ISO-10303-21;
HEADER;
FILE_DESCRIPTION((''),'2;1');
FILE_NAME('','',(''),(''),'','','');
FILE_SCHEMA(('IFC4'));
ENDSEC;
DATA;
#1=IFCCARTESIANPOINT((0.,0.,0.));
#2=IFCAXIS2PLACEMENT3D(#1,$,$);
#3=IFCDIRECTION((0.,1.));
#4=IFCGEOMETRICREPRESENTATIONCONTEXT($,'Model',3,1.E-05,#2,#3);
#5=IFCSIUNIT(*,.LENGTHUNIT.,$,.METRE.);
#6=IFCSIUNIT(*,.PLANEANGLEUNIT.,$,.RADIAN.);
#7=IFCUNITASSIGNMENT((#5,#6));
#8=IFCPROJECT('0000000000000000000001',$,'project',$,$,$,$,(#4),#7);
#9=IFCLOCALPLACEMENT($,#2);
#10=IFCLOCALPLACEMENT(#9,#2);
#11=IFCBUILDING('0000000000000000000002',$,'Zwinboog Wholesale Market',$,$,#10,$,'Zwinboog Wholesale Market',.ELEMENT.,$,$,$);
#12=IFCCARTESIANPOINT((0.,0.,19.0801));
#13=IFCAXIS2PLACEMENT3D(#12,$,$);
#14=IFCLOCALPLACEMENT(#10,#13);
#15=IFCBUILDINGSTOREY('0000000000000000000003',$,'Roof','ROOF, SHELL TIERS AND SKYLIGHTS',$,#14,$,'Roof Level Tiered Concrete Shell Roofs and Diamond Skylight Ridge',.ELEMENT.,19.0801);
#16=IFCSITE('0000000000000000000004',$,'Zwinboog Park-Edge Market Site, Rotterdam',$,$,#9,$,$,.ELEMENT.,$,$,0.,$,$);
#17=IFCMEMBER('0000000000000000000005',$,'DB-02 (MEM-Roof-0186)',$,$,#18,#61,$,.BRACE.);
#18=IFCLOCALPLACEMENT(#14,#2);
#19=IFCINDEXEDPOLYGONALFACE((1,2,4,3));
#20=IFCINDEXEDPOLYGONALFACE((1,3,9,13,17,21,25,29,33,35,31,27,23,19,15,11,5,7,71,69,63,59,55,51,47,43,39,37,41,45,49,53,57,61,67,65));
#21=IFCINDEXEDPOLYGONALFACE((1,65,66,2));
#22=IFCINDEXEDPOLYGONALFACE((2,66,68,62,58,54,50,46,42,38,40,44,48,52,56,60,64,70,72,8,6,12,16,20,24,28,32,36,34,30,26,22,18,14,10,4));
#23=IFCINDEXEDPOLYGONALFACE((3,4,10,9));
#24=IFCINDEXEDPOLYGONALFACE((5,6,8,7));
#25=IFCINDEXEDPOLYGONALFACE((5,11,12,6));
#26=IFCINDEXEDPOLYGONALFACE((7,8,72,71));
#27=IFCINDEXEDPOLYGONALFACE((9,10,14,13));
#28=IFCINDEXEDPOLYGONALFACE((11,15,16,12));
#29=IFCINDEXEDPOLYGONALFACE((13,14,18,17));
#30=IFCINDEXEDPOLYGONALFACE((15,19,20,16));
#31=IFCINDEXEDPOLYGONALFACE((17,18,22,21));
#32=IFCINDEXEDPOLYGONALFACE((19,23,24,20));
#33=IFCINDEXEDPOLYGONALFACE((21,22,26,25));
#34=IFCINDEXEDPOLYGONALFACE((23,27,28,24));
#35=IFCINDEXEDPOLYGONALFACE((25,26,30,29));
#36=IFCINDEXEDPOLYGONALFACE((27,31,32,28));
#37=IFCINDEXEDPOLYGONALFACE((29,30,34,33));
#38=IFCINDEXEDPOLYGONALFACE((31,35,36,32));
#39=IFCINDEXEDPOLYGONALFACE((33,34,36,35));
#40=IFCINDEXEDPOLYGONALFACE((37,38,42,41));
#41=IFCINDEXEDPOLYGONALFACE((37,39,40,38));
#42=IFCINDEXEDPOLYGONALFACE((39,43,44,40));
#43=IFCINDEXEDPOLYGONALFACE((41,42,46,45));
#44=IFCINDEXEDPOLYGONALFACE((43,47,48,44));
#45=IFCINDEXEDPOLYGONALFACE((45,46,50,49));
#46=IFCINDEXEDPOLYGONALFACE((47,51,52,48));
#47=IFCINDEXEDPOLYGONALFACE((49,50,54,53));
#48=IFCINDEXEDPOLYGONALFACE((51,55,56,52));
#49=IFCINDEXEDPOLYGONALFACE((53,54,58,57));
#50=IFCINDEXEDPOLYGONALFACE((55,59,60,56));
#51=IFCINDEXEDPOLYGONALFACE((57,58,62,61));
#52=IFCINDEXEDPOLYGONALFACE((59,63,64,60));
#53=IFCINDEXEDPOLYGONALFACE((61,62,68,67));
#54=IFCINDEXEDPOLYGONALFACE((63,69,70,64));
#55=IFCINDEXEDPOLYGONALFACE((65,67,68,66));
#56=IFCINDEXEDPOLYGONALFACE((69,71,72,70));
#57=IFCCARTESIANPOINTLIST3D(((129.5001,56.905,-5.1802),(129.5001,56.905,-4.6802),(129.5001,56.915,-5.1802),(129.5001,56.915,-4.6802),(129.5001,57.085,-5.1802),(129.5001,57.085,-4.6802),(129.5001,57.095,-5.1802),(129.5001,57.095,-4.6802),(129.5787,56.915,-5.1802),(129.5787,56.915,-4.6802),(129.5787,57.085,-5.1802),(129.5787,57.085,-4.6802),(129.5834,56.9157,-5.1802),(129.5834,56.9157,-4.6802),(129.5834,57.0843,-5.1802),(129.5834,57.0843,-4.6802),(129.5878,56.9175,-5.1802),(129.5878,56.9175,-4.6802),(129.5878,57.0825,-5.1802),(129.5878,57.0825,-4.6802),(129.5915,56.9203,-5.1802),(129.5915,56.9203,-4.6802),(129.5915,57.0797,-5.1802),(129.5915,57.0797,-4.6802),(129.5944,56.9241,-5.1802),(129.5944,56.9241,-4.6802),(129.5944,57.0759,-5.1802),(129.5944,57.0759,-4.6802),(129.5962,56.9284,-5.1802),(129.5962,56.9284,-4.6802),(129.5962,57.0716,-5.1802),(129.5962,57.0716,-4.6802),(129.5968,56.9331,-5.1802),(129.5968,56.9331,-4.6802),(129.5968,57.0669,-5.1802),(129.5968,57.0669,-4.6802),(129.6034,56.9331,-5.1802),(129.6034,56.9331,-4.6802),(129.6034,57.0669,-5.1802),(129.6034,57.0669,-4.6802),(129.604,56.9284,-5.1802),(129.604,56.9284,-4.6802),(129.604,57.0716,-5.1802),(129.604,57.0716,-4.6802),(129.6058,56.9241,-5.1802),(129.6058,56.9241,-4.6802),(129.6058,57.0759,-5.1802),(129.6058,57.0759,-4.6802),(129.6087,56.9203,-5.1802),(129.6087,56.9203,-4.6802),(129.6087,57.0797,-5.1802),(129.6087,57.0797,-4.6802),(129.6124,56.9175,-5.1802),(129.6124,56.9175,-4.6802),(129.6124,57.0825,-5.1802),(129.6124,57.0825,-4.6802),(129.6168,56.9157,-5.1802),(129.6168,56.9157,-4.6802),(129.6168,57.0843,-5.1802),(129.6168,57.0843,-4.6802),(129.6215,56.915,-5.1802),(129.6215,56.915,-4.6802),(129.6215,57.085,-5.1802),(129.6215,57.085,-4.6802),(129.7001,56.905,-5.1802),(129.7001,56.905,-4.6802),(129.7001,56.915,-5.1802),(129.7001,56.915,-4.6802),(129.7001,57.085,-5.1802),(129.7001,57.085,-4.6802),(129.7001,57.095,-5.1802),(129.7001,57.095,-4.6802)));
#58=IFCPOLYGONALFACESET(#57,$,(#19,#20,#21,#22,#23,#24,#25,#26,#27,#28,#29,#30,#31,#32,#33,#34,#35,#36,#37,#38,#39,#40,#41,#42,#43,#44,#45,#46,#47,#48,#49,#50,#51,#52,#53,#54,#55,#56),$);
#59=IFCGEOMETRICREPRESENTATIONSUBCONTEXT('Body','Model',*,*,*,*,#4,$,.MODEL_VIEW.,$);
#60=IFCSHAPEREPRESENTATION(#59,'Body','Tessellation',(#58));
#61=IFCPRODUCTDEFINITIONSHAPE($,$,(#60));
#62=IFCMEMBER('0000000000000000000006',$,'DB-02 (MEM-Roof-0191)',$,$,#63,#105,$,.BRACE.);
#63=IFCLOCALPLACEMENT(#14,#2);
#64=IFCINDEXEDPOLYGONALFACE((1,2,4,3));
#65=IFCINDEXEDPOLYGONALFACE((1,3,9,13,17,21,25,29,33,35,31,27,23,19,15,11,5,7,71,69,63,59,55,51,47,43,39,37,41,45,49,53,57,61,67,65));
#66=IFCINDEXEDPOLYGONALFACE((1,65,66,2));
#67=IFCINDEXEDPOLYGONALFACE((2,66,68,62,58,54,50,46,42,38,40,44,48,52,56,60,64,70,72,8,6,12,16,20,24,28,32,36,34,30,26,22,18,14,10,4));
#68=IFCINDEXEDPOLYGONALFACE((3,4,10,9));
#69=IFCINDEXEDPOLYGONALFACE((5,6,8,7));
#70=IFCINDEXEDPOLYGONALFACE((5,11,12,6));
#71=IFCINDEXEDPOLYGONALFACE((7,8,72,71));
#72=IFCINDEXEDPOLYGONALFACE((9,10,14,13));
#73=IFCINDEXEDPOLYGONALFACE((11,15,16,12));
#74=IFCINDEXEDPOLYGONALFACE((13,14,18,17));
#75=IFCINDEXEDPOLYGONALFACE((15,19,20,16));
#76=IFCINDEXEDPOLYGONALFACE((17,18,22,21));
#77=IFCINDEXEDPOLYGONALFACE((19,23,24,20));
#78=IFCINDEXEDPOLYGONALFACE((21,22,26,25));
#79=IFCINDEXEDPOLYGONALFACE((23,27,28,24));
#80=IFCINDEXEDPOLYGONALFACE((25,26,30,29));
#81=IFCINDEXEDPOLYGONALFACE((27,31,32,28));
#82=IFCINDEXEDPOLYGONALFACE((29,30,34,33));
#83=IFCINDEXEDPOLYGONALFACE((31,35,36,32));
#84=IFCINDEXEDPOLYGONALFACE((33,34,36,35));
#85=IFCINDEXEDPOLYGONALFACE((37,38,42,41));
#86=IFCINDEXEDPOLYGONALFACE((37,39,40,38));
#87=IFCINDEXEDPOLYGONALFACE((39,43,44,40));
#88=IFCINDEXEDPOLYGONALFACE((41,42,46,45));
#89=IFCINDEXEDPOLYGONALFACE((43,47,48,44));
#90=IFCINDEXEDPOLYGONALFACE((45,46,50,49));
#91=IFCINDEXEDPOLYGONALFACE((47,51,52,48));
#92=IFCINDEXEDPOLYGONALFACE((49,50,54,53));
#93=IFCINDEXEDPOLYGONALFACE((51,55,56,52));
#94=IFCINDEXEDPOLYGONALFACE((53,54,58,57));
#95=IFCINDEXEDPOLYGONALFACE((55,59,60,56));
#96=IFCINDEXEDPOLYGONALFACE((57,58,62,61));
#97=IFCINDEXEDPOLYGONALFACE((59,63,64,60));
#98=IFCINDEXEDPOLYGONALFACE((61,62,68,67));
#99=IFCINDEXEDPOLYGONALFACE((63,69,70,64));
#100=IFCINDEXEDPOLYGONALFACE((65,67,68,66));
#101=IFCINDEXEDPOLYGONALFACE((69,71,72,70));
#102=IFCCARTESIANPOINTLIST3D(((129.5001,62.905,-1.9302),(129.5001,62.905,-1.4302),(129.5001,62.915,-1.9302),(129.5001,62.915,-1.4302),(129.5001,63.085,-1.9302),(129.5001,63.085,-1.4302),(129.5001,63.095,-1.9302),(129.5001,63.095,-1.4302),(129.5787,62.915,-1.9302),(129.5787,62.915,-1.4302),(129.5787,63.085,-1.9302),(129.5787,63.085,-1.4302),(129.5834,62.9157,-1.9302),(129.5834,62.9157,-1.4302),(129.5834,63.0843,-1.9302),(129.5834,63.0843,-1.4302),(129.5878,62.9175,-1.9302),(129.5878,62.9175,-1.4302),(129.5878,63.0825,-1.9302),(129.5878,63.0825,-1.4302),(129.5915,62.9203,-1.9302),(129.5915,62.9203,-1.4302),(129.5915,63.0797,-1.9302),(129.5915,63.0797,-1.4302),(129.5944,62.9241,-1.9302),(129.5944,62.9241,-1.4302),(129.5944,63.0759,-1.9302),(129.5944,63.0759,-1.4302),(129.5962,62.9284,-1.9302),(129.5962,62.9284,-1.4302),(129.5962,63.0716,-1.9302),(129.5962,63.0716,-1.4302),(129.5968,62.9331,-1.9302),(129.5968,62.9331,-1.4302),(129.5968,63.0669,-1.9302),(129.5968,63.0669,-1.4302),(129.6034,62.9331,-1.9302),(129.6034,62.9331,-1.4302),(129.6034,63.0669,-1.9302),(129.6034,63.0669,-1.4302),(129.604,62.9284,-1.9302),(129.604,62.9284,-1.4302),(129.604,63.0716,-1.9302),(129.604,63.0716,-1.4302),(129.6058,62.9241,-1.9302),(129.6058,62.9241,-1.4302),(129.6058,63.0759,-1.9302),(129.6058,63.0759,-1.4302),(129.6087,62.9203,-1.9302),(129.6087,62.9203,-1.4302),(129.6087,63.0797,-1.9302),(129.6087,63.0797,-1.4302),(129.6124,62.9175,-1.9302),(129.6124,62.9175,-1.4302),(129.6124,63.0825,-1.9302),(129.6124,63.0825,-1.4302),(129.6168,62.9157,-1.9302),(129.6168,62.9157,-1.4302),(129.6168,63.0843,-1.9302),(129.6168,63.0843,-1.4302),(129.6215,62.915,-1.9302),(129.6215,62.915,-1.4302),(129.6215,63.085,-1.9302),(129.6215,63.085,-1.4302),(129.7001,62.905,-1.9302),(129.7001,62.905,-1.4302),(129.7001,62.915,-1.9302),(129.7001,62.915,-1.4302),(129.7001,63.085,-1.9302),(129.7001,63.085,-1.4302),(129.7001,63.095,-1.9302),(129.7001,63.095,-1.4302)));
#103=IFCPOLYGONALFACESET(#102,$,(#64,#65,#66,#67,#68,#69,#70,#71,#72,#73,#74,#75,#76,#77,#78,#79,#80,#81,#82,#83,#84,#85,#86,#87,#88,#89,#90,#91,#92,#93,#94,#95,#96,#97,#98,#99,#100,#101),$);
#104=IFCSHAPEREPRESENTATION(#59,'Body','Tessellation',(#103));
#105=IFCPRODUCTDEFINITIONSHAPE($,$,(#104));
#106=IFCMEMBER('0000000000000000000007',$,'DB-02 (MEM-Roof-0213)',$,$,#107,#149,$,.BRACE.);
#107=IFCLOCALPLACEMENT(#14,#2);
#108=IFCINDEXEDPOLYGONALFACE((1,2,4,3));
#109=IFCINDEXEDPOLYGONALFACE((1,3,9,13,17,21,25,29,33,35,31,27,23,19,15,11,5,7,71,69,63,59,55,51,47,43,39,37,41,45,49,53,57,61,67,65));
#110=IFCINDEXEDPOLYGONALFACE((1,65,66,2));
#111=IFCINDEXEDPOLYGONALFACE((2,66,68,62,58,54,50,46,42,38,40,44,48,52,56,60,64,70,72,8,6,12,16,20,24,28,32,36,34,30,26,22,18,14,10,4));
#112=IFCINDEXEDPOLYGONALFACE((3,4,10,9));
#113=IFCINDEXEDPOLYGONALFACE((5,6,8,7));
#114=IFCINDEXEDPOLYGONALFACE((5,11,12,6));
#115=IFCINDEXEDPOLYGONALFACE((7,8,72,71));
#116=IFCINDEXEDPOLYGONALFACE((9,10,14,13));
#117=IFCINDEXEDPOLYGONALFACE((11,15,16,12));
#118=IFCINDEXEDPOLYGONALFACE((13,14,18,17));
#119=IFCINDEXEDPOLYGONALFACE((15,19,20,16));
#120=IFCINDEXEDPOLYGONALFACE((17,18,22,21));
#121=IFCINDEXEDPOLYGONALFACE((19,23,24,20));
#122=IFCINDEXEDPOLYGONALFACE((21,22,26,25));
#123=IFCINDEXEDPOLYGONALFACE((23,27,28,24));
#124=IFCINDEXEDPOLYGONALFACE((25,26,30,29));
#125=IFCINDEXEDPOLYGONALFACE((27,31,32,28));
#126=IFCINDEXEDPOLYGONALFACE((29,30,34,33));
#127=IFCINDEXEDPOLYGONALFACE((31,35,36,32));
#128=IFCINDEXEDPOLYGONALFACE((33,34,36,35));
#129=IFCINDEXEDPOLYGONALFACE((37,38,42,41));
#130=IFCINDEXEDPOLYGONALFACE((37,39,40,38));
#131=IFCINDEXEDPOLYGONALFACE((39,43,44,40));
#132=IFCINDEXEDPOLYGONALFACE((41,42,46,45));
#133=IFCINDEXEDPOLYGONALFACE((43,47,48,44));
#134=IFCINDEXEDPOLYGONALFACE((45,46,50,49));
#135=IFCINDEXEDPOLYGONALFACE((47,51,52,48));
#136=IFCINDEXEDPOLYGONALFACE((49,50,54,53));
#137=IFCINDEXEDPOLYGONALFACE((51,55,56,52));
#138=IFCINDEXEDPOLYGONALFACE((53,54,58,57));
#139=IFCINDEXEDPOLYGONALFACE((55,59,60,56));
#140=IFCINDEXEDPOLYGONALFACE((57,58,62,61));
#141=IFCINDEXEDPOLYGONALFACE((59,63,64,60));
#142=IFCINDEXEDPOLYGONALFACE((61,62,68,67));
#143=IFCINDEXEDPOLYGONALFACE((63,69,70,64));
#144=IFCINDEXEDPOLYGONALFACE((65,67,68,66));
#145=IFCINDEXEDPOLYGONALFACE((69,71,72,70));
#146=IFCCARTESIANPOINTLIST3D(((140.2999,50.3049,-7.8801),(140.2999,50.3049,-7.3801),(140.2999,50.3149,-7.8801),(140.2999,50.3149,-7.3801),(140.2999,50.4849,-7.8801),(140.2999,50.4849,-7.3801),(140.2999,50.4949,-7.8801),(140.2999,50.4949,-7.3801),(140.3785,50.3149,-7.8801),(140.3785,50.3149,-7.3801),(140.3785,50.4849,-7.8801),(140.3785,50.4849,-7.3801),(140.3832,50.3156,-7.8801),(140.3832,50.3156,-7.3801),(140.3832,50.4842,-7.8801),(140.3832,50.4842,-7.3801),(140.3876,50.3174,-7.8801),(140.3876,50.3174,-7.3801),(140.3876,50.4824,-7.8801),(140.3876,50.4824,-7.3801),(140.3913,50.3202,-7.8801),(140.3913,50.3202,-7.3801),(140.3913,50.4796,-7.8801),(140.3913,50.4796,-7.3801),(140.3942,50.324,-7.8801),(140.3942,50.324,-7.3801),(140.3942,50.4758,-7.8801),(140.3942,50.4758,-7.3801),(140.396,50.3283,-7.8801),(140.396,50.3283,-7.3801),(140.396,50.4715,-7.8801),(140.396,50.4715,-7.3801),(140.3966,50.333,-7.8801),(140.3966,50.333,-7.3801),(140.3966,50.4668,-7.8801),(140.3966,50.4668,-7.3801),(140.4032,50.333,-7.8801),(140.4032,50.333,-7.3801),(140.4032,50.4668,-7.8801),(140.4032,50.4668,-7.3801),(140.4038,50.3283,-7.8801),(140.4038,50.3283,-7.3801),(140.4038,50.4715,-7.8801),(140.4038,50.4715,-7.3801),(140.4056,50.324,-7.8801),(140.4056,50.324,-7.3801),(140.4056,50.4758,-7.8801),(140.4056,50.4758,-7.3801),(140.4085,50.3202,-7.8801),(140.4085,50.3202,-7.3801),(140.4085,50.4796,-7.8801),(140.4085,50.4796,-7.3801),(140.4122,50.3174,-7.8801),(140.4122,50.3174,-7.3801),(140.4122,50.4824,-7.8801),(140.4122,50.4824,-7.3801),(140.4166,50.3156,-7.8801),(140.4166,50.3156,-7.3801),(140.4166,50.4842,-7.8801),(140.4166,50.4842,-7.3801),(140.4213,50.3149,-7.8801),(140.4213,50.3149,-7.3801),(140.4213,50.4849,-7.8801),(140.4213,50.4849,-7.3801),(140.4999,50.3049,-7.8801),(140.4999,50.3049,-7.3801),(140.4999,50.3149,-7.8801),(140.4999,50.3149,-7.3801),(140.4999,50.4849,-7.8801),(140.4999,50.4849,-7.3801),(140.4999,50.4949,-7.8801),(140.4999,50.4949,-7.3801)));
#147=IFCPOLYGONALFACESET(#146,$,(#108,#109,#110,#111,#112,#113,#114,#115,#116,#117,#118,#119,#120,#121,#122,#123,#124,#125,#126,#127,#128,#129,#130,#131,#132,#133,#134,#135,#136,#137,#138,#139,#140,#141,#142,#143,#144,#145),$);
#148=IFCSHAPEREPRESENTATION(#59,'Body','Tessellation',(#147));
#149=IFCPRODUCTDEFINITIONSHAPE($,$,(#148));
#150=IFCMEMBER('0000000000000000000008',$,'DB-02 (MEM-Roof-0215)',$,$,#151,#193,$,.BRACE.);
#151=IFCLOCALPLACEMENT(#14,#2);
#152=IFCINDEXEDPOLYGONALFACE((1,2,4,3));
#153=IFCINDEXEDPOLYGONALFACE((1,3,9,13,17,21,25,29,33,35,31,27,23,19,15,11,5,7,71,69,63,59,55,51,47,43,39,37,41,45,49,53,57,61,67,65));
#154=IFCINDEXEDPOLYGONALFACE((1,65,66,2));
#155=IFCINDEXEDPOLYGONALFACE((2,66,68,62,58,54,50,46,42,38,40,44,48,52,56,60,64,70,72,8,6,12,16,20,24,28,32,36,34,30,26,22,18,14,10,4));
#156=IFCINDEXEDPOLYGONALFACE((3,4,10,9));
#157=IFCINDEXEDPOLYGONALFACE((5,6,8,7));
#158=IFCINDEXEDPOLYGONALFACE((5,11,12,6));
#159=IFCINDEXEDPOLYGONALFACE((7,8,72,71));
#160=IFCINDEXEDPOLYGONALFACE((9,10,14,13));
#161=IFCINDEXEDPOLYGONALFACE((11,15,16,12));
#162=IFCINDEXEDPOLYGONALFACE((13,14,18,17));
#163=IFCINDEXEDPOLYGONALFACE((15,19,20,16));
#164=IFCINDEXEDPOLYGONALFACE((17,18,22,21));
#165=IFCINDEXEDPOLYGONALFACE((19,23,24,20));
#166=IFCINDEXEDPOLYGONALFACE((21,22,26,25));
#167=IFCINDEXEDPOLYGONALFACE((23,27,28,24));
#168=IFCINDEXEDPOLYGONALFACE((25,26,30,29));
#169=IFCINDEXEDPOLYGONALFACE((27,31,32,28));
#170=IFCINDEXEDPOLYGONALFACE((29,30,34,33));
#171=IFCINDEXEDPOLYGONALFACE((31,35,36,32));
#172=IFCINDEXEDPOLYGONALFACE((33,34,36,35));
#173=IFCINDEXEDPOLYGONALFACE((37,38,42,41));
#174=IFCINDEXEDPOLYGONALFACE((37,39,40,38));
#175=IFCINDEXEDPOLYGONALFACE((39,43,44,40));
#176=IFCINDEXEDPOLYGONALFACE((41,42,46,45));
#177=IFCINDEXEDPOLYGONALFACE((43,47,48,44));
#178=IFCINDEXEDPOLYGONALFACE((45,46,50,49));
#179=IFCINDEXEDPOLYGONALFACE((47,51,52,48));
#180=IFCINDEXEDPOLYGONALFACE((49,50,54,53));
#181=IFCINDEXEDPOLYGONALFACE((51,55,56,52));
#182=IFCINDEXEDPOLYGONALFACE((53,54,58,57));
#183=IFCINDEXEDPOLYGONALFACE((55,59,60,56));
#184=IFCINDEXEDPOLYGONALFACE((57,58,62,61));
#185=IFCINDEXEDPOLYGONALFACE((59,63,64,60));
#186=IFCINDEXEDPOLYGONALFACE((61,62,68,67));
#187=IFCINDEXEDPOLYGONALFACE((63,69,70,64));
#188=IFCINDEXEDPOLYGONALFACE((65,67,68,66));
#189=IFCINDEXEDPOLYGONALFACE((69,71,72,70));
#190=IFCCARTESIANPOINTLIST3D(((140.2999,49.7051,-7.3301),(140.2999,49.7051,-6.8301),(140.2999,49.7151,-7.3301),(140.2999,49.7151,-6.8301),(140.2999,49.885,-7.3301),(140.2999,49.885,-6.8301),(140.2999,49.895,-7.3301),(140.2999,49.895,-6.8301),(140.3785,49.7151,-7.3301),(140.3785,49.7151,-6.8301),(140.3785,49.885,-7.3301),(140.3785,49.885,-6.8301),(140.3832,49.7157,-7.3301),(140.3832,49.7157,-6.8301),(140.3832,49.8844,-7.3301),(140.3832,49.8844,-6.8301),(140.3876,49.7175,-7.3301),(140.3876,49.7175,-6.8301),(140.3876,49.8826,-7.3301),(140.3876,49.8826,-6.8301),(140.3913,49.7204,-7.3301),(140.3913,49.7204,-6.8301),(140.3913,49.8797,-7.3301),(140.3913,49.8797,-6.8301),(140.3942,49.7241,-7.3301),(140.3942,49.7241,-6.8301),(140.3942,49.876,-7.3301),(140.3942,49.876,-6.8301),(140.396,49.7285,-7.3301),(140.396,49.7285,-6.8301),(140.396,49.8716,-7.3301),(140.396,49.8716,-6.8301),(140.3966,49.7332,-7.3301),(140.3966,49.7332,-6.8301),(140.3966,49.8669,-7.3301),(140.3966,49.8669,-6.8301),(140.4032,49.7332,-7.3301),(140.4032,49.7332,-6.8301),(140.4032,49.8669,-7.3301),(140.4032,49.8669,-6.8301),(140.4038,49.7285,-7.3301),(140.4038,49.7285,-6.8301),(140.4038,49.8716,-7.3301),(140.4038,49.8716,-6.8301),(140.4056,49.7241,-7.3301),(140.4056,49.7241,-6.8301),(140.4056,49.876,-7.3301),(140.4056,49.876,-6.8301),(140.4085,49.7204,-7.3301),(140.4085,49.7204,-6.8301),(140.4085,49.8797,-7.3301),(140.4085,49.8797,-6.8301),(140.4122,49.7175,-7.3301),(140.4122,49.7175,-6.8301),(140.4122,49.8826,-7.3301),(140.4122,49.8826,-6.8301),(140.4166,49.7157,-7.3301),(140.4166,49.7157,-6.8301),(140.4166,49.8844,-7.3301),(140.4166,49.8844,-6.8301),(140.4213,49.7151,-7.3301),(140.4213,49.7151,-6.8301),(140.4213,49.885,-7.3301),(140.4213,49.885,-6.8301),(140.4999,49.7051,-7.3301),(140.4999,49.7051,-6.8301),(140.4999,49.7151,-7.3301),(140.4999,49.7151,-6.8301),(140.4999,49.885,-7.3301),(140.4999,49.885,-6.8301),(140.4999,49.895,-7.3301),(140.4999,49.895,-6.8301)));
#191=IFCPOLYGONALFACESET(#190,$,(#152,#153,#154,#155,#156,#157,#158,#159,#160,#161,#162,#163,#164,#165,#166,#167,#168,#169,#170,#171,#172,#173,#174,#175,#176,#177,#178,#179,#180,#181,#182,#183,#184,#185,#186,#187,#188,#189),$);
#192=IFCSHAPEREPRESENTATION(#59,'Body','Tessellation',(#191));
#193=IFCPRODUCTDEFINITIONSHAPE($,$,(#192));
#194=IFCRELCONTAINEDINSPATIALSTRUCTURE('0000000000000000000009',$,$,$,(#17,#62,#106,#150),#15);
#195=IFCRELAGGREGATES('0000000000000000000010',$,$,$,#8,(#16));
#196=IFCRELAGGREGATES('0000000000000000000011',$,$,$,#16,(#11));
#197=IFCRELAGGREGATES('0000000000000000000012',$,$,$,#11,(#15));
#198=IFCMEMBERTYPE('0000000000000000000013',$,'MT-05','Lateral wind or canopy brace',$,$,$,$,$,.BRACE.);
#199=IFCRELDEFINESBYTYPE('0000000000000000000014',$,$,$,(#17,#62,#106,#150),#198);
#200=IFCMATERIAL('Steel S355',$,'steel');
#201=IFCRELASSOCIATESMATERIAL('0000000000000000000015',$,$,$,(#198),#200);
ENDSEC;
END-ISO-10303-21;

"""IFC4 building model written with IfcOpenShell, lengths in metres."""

from ifc_helpers import new_model, si_unit, direction, frame, origin, origin_2d, place, context, subcontext, project, spatial, i_section, extrude, material, material_profile, profile_set, type_object, element, save


model = new_model("IFC4")

# Units and contexts
model_context = context("Model", 3, precision=1e-05, world=origin(), true_north=direction((0.0, 1.0)))
body_context = subcontext(model_context, "Body", "Model", "MODEL_VIEW")
ifc_project = project(units=[si_unit("LENGTHUNIT", "METRE"), si_unit("PLANEANGLEUNIT", "RADIAN")], contexts=[model_context])

# Site, building, storey
site_placement = place(None, origin())
site = spatial("IfcSite", under=ifc_project, at=site_placement, Name="Zwinboog Park-Edge Market Site, Rotterdam", CompositionType="ELEMENT", RefElevation=0.0)
building_placement = place(site_placement, origin())
building = spatial("IfcBuilding", under=site, at=building_placement, Name="Zwinboog Wholesale Market", LongName="Zwinboog Wholesale Market", CompositionType="ELEMENT")
storey_placement = place(building_placement, frame((0.0, 0.0, 19.0801)))
storey = spatial("IfcBuildingStorey", under=building, at=storey_placement, Name="Roof", Description="ROOF, SHELL TIERS AND SKYLIGHTS", LongName="Roof Level Tiered Concrete Shell Roofs and Diamond Skylight Ridge", CompositionType="ELEMENT", Elevation=19.0801)

# Members
ifc_material_1 = material(Name="Steel S355", Category="steel")
ifc_material_profile_1 = material_profile(ifc_material_1, i_section(OverallWidth=0.2, OverallDepth=0.1899, WebThickness=0.0066, FlangeThickness=0.01, FilletRadius=0.0181, at=origin_2d()), Name="HEA 200")
ifc_profile_set_1 = profile_set([ifc_material_profile_1], Name="Steel S355")
member_type_1 = type_object("IfcMemberType", Name="MT-05", Description="Lateral wind or canopy brace", PredefinedType="BRACE", material=ifc_profile_set_1)
for number, where, z_axis, x_axis, name in (
    (1, (129.6001, 57.0, -5.1802), (0.0, 0.0, 1.0), (1.0, 0.0, 0.0), "DB-02 (MEM-Roof-0186)"),
    (2, (129.6001, 63.0, -1.9302), (0.0, 0.0, 1.0), (1.0, 0.0, 0.0), "DB-02 (MEM-Roof-0191)"),
    (3, (140.3999, 50.3999, -7.8801), (0.0, 0.0, 1.0), (1.0, 0.0, 0.0), "DB-02 (MEM-Roof-0213)"),
    (4, (140.3999, 49.8, -7.3301), (0.0, 0.0, 1.0), (1.0, 0.0, 0.0), "DB-02 (MEM-Roof-0215)"),
):
    element("IfcMember", number, at=place(storey_placement, frame(where, z_axis=z_axis, x_axis=x_axis)), inside=storey, type_object=member_type_1, Name=name, PredefinedType="BRACE", context=body_context, shape_type="SweptSolid", body=[
        extrude(i_section(OverallWidth=0.2, OverallDepth=0.1899, WebThickness=0.0066, FlangeThickness=0.01, FilletRadius=0.0181, at=origin_2d()), origin(), (0.0, 0.0, 1.0), 0.5),
    ])

save(model, "model.ifc")
